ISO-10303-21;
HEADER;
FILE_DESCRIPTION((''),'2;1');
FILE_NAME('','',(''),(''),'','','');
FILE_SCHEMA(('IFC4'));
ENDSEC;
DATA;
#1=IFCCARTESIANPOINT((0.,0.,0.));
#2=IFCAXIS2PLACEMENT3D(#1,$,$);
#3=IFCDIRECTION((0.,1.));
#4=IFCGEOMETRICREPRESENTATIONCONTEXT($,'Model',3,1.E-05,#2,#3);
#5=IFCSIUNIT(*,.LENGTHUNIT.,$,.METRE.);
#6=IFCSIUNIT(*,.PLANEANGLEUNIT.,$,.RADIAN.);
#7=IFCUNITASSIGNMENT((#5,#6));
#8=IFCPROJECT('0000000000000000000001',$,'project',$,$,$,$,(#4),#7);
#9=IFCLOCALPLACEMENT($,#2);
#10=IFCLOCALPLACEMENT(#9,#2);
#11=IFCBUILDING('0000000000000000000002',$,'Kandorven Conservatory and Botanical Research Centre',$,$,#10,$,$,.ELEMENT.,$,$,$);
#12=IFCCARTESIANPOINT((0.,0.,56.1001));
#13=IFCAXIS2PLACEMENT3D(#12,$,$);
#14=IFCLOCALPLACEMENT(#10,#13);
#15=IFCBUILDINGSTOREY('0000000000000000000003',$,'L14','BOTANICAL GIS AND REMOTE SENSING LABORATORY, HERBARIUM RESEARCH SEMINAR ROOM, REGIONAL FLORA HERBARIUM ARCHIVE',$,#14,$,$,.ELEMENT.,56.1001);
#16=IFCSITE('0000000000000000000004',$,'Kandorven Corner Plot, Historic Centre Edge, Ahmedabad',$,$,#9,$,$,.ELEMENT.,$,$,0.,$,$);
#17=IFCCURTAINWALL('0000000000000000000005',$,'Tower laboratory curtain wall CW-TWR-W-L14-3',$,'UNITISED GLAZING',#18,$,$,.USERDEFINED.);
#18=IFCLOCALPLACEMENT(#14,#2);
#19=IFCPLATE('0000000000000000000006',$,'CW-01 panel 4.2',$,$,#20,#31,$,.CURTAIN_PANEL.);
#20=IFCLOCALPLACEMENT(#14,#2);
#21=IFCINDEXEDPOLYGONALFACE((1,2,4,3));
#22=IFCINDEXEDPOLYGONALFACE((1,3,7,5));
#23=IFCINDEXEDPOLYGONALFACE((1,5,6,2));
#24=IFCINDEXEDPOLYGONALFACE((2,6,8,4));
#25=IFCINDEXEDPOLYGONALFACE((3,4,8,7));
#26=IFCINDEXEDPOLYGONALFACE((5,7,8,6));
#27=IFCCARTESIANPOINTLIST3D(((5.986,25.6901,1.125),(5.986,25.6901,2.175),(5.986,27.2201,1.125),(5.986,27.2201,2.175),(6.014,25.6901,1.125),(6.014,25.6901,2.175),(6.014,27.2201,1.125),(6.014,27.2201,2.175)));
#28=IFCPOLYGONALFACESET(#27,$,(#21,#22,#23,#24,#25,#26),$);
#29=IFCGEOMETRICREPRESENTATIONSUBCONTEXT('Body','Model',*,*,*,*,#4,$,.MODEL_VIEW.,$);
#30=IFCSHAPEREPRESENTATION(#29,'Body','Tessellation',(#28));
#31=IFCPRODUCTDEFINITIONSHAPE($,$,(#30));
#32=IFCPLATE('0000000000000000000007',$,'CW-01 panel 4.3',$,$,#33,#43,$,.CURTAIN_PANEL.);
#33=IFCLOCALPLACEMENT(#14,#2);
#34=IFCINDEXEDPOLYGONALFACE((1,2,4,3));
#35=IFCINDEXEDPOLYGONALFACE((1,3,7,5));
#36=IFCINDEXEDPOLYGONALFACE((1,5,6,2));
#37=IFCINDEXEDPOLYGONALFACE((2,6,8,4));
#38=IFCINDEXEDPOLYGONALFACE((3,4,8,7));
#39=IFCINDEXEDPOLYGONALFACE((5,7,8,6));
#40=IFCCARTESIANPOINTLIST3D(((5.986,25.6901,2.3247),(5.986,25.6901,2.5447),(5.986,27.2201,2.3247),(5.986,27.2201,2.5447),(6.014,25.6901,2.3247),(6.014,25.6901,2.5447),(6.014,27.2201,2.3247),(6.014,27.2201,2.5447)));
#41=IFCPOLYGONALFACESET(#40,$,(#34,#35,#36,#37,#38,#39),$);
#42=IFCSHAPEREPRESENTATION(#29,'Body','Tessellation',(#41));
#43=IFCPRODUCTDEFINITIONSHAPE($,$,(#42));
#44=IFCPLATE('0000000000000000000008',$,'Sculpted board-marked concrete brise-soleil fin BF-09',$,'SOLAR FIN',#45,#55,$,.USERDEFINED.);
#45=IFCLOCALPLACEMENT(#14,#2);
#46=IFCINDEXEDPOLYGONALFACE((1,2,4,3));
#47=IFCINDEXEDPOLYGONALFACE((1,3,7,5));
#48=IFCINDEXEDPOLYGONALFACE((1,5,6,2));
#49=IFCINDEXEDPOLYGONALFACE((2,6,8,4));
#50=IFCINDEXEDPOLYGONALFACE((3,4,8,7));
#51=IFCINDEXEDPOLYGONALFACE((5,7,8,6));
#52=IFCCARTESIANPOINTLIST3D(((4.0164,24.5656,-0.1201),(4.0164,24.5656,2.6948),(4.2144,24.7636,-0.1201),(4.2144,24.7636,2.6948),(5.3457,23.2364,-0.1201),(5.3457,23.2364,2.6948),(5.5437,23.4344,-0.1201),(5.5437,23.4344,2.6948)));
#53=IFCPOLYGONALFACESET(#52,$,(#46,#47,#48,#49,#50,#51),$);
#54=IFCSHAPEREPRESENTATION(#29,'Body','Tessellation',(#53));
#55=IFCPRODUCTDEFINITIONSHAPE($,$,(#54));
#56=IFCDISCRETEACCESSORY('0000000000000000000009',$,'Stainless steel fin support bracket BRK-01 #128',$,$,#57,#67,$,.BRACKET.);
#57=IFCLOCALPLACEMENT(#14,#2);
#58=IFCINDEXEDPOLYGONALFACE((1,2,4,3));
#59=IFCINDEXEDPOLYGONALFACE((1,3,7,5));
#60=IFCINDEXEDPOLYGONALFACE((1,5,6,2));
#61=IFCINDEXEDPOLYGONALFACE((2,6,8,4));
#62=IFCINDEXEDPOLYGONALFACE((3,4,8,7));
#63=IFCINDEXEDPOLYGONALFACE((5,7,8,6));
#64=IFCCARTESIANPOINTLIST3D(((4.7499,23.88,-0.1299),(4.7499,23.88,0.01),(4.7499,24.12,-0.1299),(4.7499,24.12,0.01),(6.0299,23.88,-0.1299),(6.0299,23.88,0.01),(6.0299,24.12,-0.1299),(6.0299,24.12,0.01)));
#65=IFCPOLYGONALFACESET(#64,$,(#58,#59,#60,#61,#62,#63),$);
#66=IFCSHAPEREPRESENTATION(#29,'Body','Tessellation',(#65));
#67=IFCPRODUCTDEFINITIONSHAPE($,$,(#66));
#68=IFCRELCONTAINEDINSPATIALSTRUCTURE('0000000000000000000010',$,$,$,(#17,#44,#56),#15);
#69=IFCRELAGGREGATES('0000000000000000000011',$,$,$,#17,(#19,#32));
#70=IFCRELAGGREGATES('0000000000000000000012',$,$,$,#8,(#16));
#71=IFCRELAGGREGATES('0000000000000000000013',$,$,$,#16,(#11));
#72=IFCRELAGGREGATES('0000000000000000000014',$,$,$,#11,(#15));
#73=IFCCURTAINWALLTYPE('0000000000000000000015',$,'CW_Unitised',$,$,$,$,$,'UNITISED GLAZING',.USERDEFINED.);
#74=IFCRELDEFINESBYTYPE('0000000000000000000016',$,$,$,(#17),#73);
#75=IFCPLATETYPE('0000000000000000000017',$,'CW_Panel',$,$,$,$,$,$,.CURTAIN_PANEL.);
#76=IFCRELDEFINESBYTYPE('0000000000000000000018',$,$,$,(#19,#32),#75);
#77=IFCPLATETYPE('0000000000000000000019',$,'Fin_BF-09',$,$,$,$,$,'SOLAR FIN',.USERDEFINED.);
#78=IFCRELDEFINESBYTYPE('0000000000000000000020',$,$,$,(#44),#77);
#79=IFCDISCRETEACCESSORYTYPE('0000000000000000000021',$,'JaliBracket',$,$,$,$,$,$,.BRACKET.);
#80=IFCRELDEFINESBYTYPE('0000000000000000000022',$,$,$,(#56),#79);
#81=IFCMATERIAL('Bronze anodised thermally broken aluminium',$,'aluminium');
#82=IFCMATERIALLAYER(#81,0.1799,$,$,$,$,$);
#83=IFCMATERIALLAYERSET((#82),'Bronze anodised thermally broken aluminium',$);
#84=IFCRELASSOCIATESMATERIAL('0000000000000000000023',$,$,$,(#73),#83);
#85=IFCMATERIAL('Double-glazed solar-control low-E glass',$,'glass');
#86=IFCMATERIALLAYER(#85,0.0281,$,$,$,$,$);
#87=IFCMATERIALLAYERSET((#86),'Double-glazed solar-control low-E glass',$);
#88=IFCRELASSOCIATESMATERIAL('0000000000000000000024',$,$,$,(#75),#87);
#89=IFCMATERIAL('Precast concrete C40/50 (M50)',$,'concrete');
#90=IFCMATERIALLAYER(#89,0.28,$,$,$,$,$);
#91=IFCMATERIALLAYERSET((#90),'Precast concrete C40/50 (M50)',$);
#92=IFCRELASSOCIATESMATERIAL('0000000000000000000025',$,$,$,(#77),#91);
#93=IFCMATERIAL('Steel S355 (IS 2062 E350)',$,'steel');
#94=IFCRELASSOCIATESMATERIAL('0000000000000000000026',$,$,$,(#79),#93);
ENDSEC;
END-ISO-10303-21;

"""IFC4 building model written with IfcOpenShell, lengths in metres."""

from ifc_helpers import new_model, si_unit, direction, frame, origin, origin_2d, place, context, subcontext, project, spatial, rectangle, extrude, material, layer, layer_set, type_object, element, aggregate, save


model = new_model("IFC4")

# Units and contexts
model_context = context("Model", 3, precision=1e-05, world=origin(), true_north=direction((0.0, 1.0)))
body_context = subcontext(model_context, "Body", "Model", "MODEL_VIEW")
ifc_project = project(units=[si_unit("LENGTHUNIT", "METRE"), si_unit("PLANEANGLEUNIT", "RADIAN")], contexts=[model_context])

# Site, building, storey
site_placement = place(None, origin())
site = spatial("IfcSite", under=ifc_project, at=site_placement, Name="Kandorven Corner Plot, Historic Centre Edge, Ahmedabad", CompositionType="ELEMENT", RefElevation=0.0)
building_placement = place(site_placement, origin())
building = spatial("IfcBuilding", under=site, at=building_placement, Name="Kandorven Conservatory and Botanical Research Centre", CompositionType="ELEMENT")
storey_placement = place(building_placement, frame((0.0, 0.0, 56.1001)))
storey = spatial("IfcBuildingStorey", under=building, at=storey_placement, Name="L14", Description="BOTANICAL GIS AND REMOTE SENSING LABORATORY, HERBARIUM RESEARCH SEMINAR ROOM, REGIONAL FLORA HERBARIUM ARCHIVE", CompositionType="ELEMENT", Elevation=56.1001)

# Curtain wall, plates
ifc_material_1 = material(Name="Bronze anodised thermally broken aluminium", Category="aluminium")
ifc_layer_1 = layer(ifc_material_1, 0.1799)
ifc_layer_set_1 = layer_set([ifc_layer_1], Name="Bronze anodised thermally broken aluminium")
curtain_wall_type = type_object("IfcCurtainWallType", Name="CW_Unitised", ElementType="UNITISED GLAZING", PredefinedType="USERDEFINED", material=ifc_layer_set_1)
curtain_wall_placement = place(storey_placement, origin())
curtain_wall = element("IfcCurtainWall", 1, at=curtain_wall_placement, inside=storey, type_object=curtain_wall_type, Name="Tower laboratory curtain wall CW-TWR-W-L14-3", ObjectType="UNITISED GLAZING", PredefinedType="USERDEFINED")
ifc_material_2 = material(Name="Double-glazed solar-control low-E glass", Category="glass")
ifc_layer_2 = layer(ifc_material_2, 0.0281)
ifc_layer_set_2 = layer_set([ifc_layer_2], Name="Double-glazed solar-control low-E glass")
plate_type_1 = type_object("IfcPlateType", Name="CW_Panel", PredefinedType="CURTAIN_PANEL", material=ifc_layer_set_2)
plate_1_placement = place(storey_placement, frame((6.0, 26.4551, 1.125), z_axis=(0.0, 0.0, 1.0), x_axis=(0.0, 1.0, 0.0)))
plate_1 = element("IfcPlate", 2, at=plate_1_placement, type_object=plate_type_1, Name="CW-01 panel 4.2", PredefinedType="CURTAIN_PANEL", context=body_context, shape_type="SweptSolid", body=[
    extrude(rectangle(XDim=1.53, YDim=0.0281, at=origin_2d()), origin(), (0.0, 0.0, 1.0), 1.05),
])
plate_2_placement = place(storey_placement, frame((6.0, 26.4551, 2.3247), z_axis=(0.0, 0.0, 1.0), x_axis=(0.0, 1.0, 0.0)))
plate_2 = element("IfcPlate", 3, at=plate_2_placement, type_object=plate_type_1, Name="CW-01 panel 4.3", PredefinedType="CURTAIN_PANEL", context=body_context, shape_type="SweptSolid", body=[
    extrude(rectangle(XDim=1.53, YDim=0.0281, at=origin_2d()), origin(), (0.0, 0.0, 1.0), 0.22),
])
aggregate(curtain_wall, [plate_1, plate_2])

# Plate
ifc_material_3 = material(Name="Precast concrete C40/50 (M50)", Category="concrete")
ifc_layer_3 = layer(ifc_material_3, 0.28)
ifc_layer_set_3 = layer_set([ifc_layer_3], Name="Precast concrete C40/50 (M50)")
plate_type_2 = type_object("IfcPlateType", Name="Fin_BF-09", ElementType="SOLAR FIN", PredefinedType="USERDEFINED", material=ifc_layer_set_3)
plate_3_placement = place(storey_placement, frame((4.78, 24.0, -0.1201), z_axis=(0.0, 0.0, 1.0), x_axis=(-0.707107, 0.707107, 0.0)))
element("IfcPlate", 4, at=plate_3_placement, inside=storey, type_object=plate_type_2, Name="Sculpted board-marked concrete brise-soleil fin BF-09", ObjectType="SOLAR FIN", PredefinedType="USERDEFINED", context=body_context, shape_type="SweptSolid", body=[
    extrude(rectangle(XDim=1.8799, YDim=0.28, at=origin_2d()), origin(), (0.0, 0.0, 1.0), 2.8149),
])

# Discrete accessory
ifc_material_4 = material(Name="Steel S355 (IS 2062 E350)", Category="steel")
discrete_accessory_type = type_object("IfcDiscreteAccessoryType", Name="JaliBracket", PredefinedType="BRACKET", material=ifc_material_4)
discrete_accessory_placement = place(storey_placement, frame((5.3899, 24.0, -0.1299), z_axis=(0.0, 0.0, 1.0), x_axis=(1.0, 0.0, 0.0)))
element("IfcDiscreteAccessory", 5, at=discrete_accessory_placement, inside=storey, type_object=discrete_accessory_type, Name="Stainless steel fin support bracket BRK-01 #128", PredefinedType="BRACKET", context=body_context, shape_type="SweptSolid", body=[
    extrude(rectangle(XDim=1.28, YDim=0.24, at=origin_2d()), origin(), (0.0, 0.0, 1.0), 0.1399),
])

save(model, "model.ifc")
